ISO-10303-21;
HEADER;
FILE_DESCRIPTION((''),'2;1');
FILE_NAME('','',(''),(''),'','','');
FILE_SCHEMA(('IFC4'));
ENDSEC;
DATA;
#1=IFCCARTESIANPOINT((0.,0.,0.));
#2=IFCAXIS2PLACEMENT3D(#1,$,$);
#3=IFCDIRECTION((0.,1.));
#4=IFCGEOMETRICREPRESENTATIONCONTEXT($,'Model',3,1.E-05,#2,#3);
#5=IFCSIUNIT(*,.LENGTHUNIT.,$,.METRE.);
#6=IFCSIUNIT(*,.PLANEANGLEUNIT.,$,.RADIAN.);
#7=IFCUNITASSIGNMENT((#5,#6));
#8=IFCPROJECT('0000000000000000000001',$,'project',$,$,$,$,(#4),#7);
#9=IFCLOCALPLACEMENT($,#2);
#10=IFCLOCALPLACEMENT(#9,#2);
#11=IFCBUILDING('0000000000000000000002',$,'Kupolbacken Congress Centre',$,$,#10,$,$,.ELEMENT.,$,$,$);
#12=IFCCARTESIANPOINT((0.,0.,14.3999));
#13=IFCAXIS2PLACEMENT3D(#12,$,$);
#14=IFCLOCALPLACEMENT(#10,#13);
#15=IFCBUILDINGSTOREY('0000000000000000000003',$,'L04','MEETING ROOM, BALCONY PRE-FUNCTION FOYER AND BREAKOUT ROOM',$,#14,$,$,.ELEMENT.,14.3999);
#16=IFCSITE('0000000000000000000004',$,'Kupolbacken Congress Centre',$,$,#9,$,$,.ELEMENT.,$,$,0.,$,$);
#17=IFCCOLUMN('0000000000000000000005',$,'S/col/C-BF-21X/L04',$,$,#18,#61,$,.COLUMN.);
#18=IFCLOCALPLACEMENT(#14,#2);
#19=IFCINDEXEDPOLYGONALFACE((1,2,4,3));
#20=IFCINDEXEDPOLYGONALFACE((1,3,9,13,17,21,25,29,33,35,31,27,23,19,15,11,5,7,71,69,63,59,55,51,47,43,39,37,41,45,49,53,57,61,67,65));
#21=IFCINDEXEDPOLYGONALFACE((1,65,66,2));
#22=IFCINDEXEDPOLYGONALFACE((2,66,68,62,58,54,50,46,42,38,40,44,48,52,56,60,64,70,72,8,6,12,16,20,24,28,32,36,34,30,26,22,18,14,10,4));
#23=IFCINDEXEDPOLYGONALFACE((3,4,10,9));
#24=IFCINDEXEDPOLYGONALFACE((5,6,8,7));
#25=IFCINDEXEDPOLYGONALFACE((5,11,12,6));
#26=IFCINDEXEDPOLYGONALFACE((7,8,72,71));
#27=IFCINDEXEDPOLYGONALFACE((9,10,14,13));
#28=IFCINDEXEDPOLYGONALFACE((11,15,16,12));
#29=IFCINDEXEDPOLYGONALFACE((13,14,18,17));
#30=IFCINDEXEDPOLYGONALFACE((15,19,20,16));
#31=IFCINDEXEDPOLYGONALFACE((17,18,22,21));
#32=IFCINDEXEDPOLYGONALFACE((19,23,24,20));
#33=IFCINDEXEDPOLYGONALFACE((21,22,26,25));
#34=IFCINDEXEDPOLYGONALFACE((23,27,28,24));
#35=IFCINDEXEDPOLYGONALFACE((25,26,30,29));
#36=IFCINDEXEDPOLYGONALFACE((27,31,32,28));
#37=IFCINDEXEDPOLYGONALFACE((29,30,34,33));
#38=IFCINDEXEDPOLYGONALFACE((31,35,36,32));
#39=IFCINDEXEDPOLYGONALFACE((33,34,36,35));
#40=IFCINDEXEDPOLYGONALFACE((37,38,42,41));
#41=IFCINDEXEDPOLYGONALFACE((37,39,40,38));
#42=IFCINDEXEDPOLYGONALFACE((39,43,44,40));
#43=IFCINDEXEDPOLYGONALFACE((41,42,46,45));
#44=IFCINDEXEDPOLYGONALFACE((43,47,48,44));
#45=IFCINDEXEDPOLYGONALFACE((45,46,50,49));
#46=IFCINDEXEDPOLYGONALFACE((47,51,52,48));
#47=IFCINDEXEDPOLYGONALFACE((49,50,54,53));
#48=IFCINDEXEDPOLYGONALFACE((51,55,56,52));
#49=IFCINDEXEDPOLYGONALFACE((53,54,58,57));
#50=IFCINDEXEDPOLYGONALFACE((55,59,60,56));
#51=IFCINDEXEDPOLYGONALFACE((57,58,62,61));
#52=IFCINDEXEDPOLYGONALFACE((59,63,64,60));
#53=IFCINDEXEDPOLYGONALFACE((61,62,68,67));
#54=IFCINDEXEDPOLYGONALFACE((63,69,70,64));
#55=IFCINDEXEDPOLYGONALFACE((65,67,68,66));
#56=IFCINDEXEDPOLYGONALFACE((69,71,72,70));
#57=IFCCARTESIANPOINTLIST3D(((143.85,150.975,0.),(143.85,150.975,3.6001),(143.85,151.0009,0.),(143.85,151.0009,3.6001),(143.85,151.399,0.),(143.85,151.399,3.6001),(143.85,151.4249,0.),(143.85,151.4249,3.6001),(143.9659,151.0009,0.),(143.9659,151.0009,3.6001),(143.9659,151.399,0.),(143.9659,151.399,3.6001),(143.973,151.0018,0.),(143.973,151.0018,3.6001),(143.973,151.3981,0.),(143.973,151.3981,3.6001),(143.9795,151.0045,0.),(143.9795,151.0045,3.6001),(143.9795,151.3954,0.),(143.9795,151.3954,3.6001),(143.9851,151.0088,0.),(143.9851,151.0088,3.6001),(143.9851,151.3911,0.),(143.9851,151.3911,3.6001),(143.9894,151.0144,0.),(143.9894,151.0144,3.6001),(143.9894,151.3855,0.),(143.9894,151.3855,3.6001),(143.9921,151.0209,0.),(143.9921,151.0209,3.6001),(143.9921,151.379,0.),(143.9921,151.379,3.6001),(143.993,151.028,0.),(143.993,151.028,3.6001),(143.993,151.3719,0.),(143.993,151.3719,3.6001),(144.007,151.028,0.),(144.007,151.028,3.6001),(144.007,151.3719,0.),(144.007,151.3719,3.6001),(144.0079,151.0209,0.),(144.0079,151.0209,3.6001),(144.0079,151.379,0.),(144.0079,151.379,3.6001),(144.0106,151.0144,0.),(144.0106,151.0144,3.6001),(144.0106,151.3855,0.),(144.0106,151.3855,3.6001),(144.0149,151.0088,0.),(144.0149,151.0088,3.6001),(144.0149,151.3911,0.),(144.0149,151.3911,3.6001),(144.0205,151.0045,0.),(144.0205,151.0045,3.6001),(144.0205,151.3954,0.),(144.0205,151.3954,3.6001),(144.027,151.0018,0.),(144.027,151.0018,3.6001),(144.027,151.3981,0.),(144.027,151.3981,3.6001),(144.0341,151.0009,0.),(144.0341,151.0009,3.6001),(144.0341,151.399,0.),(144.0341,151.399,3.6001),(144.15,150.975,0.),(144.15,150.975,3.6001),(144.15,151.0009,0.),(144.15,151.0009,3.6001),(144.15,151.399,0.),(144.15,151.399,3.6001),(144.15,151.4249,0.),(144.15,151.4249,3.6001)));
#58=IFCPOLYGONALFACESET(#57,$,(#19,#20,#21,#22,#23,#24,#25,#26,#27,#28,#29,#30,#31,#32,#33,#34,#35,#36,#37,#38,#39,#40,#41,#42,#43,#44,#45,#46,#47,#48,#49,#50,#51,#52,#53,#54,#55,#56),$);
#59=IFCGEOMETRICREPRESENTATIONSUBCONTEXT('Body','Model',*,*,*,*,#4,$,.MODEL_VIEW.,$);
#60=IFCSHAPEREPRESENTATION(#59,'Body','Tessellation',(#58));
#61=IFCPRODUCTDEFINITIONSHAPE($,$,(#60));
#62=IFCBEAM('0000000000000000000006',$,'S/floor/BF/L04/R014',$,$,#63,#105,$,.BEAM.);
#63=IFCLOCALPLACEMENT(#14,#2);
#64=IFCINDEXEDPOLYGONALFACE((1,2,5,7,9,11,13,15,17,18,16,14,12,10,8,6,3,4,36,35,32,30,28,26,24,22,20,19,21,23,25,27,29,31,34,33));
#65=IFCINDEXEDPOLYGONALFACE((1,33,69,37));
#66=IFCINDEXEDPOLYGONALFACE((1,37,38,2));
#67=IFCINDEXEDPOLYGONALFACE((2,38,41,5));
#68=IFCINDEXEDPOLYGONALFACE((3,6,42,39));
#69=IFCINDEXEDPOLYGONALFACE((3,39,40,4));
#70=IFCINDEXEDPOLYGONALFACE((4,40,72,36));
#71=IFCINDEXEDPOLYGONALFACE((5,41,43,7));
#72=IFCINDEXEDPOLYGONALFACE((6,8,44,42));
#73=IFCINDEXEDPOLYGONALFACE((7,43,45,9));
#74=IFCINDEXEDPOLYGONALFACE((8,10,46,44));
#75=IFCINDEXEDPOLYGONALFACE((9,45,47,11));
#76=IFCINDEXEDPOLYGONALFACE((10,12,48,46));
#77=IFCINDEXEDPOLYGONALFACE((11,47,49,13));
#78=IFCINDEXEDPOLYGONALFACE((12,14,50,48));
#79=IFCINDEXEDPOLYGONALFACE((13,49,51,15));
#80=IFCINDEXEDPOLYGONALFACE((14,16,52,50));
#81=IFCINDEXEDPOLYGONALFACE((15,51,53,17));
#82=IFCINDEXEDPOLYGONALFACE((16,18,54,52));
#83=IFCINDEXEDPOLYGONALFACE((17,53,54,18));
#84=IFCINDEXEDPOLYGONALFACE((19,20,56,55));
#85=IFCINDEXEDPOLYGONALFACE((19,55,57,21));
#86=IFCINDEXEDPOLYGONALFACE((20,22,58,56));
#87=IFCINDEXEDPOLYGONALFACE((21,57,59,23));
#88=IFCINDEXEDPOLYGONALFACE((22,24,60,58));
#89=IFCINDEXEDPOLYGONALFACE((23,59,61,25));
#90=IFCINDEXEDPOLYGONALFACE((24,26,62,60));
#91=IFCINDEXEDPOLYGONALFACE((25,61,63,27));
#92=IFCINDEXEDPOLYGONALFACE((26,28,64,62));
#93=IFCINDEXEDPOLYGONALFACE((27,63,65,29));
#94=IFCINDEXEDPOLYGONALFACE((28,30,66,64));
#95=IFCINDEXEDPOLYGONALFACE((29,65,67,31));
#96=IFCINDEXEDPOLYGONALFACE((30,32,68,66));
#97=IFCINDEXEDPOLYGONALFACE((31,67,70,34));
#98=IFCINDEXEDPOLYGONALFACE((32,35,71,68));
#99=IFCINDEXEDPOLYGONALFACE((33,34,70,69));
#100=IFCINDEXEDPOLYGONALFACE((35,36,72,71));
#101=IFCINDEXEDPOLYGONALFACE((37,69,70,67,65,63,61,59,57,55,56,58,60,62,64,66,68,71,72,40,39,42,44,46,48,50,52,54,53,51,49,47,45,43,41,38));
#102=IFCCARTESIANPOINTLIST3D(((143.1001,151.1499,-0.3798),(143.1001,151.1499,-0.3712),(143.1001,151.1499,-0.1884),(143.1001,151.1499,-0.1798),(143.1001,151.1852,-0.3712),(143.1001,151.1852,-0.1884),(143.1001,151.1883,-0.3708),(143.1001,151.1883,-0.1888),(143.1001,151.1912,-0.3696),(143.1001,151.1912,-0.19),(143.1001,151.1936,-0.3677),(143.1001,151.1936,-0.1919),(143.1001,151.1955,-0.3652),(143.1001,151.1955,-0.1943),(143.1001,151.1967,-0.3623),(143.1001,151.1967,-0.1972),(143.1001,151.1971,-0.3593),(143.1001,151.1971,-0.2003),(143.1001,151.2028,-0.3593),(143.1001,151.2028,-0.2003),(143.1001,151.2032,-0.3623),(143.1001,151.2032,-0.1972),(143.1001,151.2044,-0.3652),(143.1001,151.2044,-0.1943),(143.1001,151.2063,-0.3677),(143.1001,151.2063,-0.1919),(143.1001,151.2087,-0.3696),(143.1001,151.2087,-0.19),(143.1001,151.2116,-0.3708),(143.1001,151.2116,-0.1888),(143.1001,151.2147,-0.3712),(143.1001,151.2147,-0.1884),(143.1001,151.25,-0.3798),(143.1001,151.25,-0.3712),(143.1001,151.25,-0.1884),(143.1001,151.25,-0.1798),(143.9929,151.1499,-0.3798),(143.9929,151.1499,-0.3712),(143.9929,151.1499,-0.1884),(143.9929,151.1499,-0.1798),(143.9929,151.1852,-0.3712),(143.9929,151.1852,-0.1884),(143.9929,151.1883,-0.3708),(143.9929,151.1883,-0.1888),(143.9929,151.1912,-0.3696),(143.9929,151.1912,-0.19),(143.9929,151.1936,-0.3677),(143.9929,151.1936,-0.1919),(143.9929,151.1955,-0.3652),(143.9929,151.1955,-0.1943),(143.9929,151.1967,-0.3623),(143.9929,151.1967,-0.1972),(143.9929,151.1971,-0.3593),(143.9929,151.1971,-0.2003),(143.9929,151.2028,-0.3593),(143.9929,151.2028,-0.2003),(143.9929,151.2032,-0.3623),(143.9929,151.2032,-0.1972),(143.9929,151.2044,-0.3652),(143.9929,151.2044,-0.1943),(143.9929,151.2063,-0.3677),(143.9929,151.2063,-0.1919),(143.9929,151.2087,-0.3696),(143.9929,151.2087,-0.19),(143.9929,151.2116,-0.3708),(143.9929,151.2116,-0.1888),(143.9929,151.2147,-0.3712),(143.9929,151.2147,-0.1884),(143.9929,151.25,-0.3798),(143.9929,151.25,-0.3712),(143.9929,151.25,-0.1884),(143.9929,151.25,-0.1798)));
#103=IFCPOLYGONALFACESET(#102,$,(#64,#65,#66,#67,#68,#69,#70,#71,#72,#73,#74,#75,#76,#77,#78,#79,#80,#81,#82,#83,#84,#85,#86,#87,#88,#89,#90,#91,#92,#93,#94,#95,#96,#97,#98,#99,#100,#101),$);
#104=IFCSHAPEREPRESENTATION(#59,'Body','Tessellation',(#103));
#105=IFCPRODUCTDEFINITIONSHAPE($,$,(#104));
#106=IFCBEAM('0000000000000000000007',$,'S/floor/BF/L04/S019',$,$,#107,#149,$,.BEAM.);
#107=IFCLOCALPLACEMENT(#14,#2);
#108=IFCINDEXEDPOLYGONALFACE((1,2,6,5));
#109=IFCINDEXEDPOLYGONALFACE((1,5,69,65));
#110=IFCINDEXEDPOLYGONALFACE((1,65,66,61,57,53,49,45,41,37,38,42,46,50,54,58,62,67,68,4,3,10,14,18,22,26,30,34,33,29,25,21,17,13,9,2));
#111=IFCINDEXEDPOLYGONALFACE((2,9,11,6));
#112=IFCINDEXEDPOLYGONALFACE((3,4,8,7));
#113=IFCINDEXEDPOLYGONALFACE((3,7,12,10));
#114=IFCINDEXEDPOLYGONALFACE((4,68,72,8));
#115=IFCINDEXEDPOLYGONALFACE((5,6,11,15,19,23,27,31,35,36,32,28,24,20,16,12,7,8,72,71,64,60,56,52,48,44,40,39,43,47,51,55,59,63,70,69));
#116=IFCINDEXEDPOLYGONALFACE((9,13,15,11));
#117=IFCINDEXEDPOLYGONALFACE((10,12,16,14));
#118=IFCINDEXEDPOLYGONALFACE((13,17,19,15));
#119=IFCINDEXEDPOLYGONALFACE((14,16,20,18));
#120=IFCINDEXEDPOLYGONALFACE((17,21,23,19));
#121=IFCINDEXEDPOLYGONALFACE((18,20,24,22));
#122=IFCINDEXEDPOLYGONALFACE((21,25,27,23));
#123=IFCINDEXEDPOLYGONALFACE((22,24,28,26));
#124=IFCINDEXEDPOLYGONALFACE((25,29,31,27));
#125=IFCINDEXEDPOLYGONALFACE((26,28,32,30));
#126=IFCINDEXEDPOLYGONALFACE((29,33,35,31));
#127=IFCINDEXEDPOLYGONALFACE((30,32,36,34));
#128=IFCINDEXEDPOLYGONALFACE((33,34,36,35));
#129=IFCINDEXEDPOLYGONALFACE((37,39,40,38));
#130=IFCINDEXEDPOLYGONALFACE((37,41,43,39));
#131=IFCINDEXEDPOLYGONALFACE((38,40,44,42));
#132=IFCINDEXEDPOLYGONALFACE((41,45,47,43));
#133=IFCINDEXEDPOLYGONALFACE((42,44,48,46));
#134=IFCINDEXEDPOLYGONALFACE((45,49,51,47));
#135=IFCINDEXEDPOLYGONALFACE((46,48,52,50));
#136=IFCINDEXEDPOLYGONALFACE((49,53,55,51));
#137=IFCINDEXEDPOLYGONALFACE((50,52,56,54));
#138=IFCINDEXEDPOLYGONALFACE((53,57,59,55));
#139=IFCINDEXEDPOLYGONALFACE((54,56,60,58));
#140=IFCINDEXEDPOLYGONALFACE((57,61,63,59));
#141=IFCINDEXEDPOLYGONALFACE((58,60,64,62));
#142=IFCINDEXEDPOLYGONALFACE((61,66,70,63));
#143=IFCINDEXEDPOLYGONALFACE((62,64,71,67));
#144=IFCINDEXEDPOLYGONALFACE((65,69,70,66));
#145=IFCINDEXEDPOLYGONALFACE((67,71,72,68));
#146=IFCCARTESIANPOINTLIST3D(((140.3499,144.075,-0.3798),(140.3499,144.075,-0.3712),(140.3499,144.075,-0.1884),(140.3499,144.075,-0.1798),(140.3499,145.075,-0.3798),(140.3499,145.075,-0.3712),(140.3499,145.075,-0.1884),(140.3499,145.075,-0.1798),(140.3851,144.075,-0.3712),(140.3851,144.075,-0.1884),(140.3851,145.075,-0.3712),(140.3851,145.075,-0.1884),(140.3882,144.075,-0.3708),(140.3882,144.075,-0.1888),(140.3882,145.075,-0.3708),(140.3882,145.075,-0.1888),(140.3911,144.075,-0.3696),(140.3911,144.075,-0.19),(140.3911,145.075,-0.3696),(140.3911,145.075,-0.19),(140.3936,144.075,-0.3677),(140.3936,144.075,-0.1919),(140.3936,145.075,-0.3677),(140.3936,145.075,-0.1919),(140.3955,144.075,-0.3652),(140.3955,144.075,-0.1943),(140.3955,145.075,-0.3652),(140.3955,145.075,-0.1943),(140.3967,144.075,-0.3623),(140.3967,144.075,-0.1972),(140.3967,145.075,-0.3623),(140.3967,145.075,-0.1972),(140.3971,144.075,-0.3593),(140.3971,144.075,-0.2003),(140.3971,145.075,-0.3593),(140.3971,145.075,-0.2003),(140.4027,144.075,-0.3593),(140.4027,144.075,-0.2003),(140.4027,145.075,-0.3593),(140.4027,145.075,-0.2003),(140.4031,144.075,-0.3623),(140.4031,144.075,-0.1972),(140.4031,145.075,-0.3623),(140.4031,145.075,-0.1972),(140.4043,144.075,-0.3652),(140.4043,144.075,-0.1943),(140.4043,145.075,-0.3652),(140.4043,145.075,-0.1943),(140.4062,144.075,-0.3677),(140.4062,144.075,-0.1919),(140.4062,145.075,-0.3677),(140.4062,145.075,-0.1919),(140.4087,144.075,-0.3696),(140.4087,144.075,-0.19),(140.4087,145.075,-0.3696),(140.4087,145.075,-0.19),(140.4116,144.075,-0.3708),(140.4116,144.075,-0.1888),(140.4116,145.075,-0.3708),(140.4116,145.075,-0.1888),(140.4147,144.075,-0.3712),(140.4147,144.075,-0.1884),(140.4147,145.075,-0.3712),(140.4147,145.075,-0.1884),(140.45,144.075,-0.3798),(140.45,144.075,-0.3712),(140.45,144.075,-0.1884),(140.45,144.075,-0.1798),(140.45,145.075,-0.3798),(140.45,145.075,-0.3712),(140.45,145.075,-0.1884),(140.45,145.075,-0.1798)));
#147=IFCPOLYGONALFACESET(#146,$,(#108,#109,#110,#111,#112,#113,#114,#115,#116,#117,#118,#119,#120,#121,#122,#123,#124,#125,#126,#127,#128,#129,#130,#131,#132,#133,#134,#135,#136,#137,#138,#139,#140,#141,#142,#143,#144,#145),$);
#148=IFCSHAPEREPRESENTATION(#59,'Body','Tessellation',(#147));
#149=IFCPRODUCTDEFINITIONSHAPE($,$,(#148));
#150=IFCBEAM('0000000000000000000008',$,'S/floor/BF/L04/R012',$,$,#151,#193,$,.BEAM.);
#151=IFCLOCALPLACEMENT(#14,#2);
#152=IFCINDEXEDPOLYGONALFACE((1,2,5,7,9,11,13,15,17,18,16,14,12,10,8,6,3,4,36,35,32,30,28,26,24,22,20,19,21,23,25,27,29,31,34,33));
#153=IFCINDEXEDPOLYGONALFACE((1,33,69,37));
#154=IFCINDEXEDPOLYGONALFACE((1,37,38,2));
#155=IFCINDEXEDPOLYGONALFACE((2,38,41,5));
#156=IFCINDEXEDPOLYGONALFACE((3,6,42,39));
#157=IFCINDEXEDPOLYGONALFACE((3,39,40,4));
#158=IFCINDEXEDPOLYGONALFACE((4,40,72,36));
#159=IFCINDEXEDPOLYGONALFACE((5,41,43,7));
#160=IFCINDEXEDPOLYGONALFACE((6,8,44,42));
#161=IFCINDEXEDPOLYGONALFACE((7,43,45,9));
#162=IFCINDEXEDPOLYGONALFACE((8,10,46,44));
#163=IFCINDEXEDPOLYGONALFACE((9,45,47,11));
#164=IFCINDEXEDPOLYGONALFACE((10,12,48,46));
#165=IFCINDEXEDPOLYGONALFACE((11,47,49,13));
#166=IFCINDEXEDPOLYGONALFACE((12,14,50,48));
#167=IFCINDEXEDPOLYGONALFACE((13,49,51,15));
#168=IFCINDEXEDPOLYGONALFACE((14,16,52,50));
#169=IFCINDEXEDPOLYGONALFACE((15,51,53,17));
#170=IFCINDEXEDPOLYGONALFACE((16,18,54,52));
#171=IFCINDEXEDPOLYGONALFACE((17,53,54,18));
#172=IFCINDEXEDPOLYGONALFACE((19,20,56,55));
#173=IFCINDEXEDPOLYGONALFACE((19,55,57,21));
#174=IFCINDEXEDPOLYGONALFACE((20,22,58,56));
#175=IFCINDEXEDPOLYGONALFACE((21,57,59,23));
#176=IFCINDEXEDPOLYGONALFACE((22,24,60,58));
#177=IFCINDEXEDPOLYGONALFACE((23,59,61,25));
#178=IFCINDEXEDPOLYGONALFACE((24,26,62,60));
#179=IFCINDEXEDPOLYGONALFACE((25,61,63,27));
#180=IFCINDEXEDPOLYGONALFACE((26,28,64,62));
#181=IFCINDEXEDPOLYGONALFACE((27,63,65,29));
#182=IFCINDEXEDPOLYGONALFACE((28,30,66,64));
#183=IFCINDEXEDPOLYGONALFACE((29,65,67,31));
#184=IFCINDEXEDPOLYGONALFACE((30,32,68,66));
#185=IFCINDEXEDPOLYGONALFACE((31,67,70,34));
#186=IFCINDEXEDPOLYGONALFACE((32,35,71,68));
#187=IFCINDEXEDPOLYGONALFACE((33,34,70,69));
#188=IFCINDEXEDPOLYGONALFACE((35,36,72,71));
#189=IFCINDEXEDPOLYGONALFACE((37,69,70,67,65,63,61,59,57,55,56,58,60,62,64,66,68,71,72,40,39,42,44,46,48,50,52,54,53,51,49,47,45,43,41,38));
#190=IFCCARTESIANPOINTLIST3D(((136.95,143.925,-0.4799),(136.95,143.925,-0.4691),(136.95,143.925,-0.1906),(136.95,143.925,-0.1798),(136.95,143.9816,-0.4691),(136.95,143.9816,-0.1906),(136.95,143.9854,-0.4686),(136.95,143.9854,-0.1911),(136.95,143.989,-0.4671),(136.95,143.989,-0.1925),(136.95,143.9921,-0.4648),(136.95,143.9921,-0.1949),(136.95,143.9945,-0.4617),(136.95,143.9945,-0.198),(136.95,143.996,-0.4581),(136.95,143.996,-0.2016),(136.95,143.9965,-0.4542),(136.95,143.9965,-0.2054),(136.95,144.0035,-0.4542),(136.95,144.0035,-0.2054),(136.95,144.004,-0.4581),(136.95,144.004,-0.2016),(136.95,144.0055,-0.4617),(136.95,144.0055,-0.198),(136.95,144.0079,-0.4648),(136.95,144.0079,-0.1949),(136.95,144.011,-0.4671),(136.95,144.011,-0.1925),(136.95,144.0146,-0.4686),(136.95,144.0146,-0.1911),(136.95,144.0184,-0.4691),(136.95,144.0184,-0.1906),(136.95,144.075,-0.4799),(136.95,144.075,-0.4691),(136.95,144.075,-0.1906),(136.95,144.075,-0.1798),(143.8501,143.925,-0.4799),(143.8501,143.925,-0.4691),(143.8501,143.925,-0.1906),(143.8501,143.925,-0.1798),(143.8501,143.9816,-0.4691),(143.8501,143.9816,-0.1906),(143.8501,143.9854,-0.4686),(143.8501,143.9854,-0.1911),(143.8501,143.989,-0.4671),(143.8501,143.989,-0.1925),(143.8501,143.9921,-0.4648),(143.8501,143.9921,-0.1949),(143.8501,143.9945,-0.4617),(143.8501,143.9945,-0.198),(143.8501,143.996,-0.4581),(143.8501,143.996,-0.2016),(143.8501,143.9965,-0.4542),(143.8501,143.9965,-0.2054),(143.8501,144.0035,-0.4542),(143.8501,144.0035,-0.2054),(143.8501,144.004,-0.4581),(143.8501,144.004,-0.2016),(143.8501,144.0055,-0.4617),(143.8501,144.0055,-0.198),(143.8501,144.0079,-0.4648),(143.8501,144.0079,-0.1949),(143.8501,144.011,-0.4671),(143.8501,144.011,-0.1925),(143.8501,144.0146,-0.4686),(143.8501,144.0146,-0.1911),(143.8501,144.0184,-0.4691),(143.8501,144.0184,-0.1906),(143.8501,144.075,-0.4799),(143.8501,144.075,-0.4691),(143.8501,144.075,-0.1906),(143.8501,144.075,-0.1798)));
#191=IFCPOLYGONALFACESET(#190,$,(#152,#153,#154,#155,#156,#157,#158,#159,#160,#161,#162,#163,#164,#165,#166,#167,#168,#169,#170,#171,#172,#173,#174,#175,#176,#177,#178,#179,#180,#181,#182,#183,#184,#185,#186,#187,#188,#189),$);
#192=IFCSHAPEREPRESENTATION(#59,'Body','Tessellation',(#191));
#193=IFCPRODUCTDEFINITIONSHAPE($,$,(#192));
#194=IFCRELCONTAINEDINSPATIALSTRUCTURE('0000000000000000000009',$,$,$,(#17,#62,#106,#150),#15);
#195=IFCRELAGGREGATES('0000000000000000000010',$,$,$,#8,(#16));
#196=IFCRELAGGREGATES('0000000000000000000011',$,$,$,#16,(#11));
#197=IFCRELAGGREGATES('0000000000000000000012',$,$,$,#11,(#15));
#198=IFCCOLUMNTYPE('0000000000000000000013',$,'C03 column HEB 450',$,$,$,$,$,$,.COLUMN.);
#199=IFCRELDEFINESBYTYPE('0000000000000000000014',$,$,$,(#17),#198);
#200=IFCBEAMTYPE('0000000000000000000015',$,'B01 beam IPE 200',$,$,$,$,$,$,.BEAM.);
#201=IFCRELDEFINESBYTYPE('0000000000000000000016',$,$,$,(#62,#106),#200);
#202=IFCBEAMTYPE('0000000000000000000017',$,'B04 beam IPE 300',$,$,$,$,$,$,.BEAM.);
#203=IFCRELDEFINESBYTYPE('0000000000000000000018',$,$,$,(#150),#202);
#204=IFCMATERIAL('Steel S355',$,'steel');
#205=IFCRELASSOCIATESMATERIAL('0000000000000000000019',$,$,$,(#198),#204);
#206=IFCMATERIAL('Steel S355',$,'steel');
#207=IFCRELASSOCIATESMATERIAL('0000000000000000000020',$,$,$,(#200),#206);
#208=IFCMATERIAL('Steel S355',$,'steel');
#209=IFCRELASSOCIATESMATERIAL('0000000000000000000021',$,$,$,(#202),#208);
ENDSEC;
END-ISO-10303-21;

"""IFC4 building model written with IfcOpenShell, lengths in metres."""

from ifc_helpers import new_model, si_unit, direction, frame, origin, origin_2d, place, context, subcontext, project, spatial, i_section, extrude, material, material_profile, profile_set, type_object, element, save


model = new_model("IFC4")

# Units and contexts
model_context = context("Model", 3, precision=1e-05, world=origin(), true_north=direction((0.0, 1.0)))
body_context = subcontext(model_context, "Body", "Model", "MODEL_VIEW")
ifc_project = project(units=[si_unit("LENGTHUNIT", "METRE"), si_unit("PLANEANGLEUNIT", "RADIAN")], contexts=[model_context])

# Site, building, storey
site_placement = place(None, origin())
site = spatial("IfcSite", under=ifc_project, at=site_placement, Name="Kupolbacken Congress Centre", CompositionType="ELEMENT", RefElevation=0.0)
building_placement = place(site_placement, origin())
building = spatial("IfcBuilding", under=site, at=building_placement, Name="Kupolbacken Congress Centre", CompositionType="ELEMENT")
storey_placement = place(building_placement, frame((0.0, 0.0, 14.3999)))
storey = spatial("IfcBuildingStorey", under=building, at=storey_placement, Name="L04", Description="MEETING ROOM, BALCONY PRE-FUNCTION FOYER AND BREAKOUT ROOM", CompositionType="ELEMENT", Elevation=14.3999)

# Column
ifc_material_1 = material(Name="Steel S355", Category="steel")
ifc_material_profile_1 = material_profile(ifc_material_1, i_section(OverallWidth=0.3, OverallDepth=0.45, WebThickness=0.0139, FlangeThickness=0.0259, FilletRadius=0.0271, at=origin_2d()), Name="HEB 450")
ifc_profile_set_1 = profile_set([ifc_material_profile_1], Name="Steel S355")
column_type = type_object("IfcColumnType", Name="C03 column HEB 450", PredefinedType="COLUMN", material=ifc_profile_set_1)
column_placement = place(storey_placement, frame((144.0, 151.2, 0.0), z_axis=(0.0, 0.0, 1.0), x_axis=(1.0, 0.0, 0.0)))
element("IfcColumn", 1, at=column_placement, inside=storey, type_object=column_type, Name="S/col/C-BF-21X/L04", PredefinedType="COLUMN", context=body_context, shape_type="SweptSolid", body=[
    extrude(i_section(OverallWidth=0.3, OverallDepth=0.45, WebThickness=0.0139, FlangeThickness=0.0259, FilletRadius=0.0271, at=origin_2d()), origin(), (0.0, 0.0, 1.0), 3.6001),
])

# Beams
ifc_material_2 = material(Name="Steel S355", Category="steel")
ifc_material_profile_2 = material_profile(ifc_material_2, i_section(OverallWidth=0.1001, OverallDepth=0.2, WebThickness=0.0056, FlangeThickness=0.0085, FilletRadius=0.012, at=origin_2d()), Name="IPE 200")
ifc_profile_set_2 = profile_set([ifc_material_profile_2], Name="Steel S355")
beam_type_1 = type_object("IfcBeamType", Name="B01 beam IPE 200", PredefinedType="BEAM", material=ifc_profile_set_2)
beam_1_placement = place(storey_placement, frame((143.1001, 151.2, -0.2798), z_axis=(1.0, 0.0, 0.0), x_axis=(0.0, 1.0, 0.0)))
element("IfcBeam", 2, at=beam_1_placement, inside=storey, type_object=beam_type_1, Name="S/floor/BF/L04/R014", PredefinedType="BEAM", context=body_context, shape_type="SweptSolid", body=[
    extrude(i_section(OverallWidth=0.1001, OverallDepth=0.2, WebThickness=0.0056, FlangeThickness=0.0085, FilletRadius=0.012, at=origin_2d()), origin(), (0.0, 0.0, 1.0), 0.8928),
])
beam_2_placement = place(storey_placement, frame((140.3999, 144.075, -0.2798), z_axis=(0.0, 1.0, 0.0), x_axis=(-1.0, 0.0, 0.0)))
element("IfcBeam", 3, at=beam_2_placement, inside=storey, type_object=beam_type_1, Name="S/floor/BF/L04/S019", PredefinedType="BEAM", context=body_context, shape_type="SweptSolid", body=[
    extrude(i_section(OverallWidth=0.1001, OverallDepth=0.2, WebThickness=0.0056, FlangeThickness=0.0085, FilletRadius=0.012, at=origin_2d()), origin(), (0.0, 0.0, 1.0), 1.0),
])
ifc_material_3 = material(Name="Steel S355", Category="steel")
ifc_material_profile_3 = material_profile(ifc_material_3, i_section(OverallWidth=0.1499, OverallDepth=0.3, WebThickness=0.0071, FlangeThickness=0.0107, FilletRadius=0.0149, at=origin_2d()), Name="IPE 300")
ifc_profile_set_3 = profile_set([ifc_material_profile_3], Name="Steel S355")
beam_type_2 = type_object("IfcBeamType", Name="B04 beam IPE 300", PredefinedType="BEAM", material=ifc_profile_set_3)
for number, where, z_axis, x_axis, name in (
    (4, (136.95, 144.0, -0.3298), (1.0, 0.0, 0.0), (0.0, 1.0, 0.0), "S/floor/BF/L04/R012"),
):
    element("IfcBeam", number, at=place(storey_placement, frame(where, z_axis=z_axis, x_axis=x_axis)), inside=storey, type_object=beam_type_2, Name=name, PredefinedType="BEAM", context=body_context, shape_type="SweptSolid", body=[
        extrude(i_section(OverallWidth=0.1499, OverallDepth=0.3, WebThickness=0.0071, FlangeThickness=0.0107, FilletRadius=0.0149, at=origin_2d()), origin(), (0.0, 0.0, 1.0), 6.9001),
    ])

save(model, "model.ifc")
